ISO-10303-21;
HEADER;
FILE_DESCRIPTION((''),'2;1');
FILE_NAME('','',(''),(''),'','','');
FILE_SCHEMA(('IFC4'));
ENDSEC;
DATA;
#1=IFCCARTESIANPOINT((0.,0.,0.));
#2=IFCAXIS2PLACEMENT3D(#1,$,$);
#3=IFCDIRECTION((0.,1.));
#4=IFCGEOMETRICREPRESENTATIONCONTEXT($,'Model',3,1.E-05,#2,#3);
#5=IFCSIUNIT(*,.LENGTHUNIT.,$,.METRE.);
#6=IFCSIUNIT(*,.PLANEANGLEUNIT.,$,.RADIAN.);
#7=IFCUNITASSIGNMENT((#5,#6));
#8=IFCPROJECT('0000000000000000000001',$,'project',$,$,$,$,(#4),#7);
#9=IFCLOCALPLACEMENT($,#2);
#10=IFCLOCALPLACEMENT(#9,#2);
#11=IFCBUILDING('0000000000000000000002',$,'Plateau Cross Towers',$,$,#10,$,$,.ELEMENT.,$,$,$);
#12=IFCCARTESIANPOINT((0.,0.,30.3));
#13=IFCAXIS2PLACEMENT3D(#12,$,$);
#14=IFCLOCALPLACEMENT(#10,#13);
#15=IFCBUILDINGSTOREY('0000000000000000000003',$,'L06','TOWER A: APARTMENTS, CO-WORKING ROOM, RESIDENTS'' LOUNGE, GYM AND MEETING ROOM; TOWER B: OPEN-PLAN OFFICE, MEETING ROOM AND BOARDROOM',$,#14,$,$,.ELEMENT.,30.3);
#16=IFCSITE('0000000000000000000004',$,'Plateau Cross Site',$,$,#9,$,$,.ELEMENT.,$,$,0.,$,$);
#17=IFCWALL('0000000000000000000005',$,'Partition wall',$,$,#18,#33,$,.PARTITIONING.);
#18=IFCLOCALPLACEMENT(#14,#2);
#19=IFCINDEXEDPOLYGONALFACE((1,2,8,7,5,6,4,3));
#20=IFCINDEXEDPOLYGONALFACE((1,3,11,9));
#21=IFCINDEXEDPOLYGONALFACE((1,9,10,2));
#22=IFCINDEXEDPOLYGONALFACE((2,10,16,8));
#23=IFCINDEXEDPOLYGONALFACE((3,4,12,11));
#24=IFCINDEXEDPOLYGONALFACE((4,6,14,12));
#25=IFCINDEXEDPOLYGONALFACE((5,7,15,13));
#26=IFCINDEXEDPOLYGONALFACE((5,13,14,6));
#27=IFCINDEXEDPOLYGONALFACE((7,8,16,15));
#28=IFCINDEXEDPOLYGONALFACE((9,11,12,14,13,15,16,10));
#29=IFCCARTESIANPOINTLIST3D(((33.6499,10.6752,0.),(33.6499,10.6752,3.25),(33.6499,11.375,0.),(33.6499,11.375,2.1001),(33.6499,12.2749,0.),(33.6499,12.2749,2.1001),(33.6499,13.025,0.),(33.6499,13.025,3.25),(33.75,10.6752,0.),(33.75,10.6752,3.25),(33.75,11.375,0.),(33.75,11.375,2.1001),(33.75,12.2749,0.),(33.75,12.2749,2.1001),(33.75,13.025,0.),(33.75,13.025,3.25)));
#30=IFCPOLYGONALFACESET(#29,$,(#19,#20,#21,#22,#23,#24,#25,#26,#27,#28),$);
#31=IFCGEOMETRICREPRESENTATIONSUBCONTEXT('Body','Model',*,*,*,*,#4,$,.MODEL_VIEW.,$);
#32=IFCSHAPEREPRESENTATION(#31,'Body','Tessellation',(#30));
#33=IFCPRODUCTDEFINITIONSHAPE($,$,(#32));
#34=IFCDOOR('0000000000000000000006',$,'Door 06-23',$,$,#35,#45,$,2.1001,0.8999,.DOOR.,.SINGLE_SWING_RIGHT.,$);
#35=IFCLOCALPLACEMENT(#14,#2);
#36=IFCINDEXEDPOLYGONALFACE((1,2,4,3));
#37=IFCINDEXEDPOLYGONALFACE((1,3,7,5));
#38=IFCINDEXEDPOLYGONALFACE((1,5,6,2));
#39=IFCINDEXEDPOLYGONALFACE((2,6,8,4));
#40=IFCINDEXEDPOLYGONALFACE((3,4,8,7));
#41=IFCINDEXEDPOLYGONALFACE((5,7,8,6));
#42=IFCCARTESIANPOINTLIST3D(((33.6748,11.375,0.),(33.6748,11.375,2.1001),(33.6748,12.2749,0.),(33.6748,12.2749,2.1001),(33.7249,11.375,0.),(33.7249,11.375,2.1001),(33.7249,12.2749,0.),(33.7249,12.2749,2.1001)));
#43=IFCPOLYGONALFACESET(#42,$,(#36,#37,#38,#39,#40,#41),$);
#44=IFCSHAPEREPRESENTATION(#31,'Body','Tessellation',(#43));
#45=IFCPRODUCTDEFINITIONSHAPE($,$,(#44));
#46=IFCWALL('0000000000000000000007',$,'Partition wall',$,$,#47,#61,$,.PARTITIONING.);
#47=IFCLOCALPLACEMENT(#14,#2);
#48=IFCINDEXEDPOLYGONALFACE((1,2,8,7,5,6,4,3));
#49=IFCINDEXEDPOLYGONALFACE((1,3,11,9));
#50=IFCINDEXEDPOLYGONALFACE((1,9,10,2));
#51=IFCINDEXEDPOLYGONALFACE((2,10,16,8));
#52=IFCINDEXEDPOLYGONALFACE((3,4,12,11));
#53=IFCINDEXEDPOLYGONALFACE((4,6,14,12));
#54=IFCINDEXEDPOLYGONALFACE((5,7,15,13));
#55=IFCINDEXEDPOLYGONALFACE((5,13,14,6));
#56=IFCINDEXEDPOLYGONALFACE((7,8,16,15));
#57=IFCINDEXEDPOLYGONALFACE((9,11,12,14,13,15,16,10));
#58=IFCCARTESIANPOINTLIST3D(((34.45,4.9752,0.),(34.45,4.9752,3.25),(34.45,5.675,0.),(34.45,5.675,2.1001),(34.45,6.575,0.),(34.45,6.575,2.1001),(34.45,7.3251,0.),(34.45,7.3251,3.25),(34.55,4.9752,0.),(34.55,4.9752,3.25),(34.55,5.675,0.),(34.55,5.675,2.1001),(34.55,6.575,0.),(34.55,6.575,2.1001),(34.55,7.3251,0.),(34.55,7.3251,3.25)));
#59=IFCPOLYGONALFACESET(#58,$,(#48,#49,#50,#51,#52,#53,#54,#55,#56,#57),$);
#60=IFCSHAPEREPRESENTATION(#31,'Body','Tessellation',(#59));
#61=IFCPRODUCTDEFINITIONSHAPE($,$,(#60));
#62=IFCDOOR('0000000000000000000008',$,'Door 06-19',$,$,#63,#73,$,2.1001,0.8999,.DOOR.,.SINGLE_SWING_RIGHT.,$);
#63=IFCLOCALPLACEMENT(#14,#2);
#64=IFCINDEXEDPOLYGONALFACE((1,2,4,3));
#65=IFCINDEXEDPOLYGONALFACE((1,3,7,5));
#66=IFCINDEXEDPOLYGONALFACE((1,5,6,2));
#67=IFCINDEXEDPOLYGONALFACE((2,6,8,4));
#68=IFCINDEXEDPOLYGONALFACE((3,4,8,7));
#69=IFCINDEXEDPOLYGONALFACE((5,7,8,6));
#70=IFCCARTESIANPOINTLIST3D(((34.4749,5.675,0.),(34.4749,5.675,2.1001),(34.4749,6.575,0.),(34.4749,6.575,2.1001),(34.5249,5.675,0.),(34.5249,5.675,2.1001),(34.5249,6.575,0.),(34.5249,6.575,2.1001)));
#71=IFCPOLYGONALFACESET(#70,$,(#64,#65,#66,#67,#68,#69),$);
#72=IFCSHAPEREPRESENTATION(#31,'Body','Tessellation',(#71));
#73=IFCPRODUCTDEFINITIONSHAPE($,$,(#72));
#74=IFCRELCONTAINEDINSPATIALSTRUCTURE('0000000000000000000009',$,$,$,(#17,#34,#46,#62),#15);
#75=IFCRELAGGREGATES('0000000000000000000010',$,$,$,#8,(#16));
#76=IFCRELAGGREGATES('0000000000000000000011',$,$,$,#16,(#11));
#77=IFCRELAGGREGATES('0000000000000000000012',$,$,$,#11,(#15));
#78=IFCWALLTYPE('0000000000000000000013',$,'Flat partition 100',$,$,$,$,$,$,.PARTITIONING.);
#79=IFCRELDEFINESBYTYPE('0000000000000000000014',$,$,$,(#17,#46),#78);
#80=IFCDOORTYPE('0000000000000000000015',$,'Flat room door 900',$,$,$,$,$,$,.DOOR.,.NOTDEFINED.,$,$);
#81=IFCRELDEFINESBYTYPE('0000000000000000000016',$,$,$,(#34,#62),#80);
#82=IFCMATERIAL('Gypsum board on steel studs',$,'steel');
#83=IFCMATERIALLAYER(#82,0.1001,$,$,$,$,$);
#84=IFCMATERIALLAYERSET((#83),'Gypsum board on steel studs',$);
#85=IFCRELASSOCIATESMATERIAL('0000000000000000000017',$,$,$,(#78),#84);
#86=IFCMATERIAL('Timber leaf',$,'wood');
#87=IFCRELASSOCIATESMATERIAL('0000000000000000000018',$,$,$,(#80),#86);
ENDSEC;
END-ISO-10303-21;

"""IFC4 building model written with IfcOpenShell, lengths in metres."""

from ifc_helpers import new_model, si_unit, direction, frame, frame_2d, origin, place, context, subcontext, project, spatial, rectangle, extrude, material, layer, layer_set, type_object, element, fill, save


model = new_model("IFC4")

# Units and contexts
model_context = context("Model", 3, precision=1e-05, world=origin(), true_north=direction((0.0, 1.0)))
body_context = subcontext(model_context, "Body", "Model", "MODEL_VIEW")
ifc_project = project(units=[si_unit("LENGTHUNIT", "METRE"), si_unit("PLANEANGLEUNIT", "RADIAN")], contexts=[model_context])

# Site, building, storey
site_placement = place(None, origin())
site = spatial("IfcSite", under=ifc_project, at=site_placement, Name="Plateau Cross Site", CompositionType="ELEMENT", RefElevation=0.0)
building_placement = place(site_placement, origin())
building = spatial("IfcBuilding", under=site, at=building_placement, Name="Plateau Cross Towers", CompositionType="ELEMENT")
storey_placement = place(building_placement, frame((0.0, 0.0, 30.3)))
storey = spatial("IfcBuildingStorey", under=building, at=storey_placement, Name="L06", Description="TOWER A: APARTMENTS, CO-WORKING ROOM, RESIDENTS' LOUNGE, GYM AND MEETING ROOM; TOWER B: OPEN-PLAN OFFICE, MEETING ROOM AND BOARDROOM", CompositionType="ELEMENT", Elevation=30.3)

# Shared definitions
ifc_material_1 = material(Name="Gypsum board on steel studs", Category="steel")
ifc_layer_1 = layer(ifc_material_1, 0.1001)
ifc_layer_set_1 = layer_set([ifc_layer_1], Name="Gypsum board on steel studs")
wall_type_1 = type_object("IfcWallType", Name="Flat partition 100", PredefinedType="PARTITIONING", material=ifc_layer_set_1)

# Walls, openings, doors
ifc_material_2 = material(Name="Timber leaf", Category="wood")
door_type_1 = type_object("IfcDoorType", Name="Flat room door 900", OperationType="NOTDEFINED", PredefinedType="DOOR", material=ifc_material_2)
wall_1_placement = place(storey_placement, frame((33.7, 13.0249, 0.0), z_axis=(0.0, 0.0, 1.0), x_axis=(0.0, -1.0, 0.0)))
wall_1 = element("IfcWall", 1, at=wall_1_placement, inside=storey, type_object=wall_type_1, Name="Partition wall", PredefinedType="PARTITIONING", context=body_context, shape_type="SweptSolid", body=[
    extrude(rectangle(XDim=2.3499, YDim=0.1001, at=frame_2d((1.1748, 0.0))), origin(), (0.0, 0.0, 1.0), 3.25),
])
opening_1_placement = place(wall_1_placement, frame((0.75, 0.0, 0.0)))
opening_1 = element("IfcOpeningElement", 2, at=opening_1_placement, cuts=wall_1, PredefinedType="OPENING", context=body_context, shape_type="SweptSolid", body=[
    extrude(rectangle(XDim=0.8999, YDim=2.1001, at=frame_2d((0.45, 1.05))), frame((0.0, 0.0601, 0.0), z_axis=(0.0, -1.0, 0.0), x_axis=(1.0, 0.0, 0.0)), (0.0, 0.0, 1.0), 0.1201),
])
door_1_placement = place(opening_1_placement, origin())
door_1 = element("IfcDoor", 3, at=door_1_placement, inside=storey, type_object=door_type_1, Name="Door 06-23", OperationType="SINGLE_SWING_RIGHT", OverallHeight=2.1001, OverallWidth=0.8999, PredefinedType="DOOR", context=body_context, shape_type="SweptSolid", body=[
    extrude(rectangle(XDim=0.8999, YDim=2.1001, at=frame_2d((0.45, 1.05))), frame((0.0, 0.0249, 0.0), z_axis=(0.0, -1.0, 0.0), x_axis=(1.0, 0.0, 0.0)), (0.0, 0.0, 1.0), 0.05),
])
fill(opening_1, door_1)
wall_2_placement = place(storey_placement, frame((34.5, 7.325, 0.0), z_axis=(0.0, 0.0, 1.0), x_axis=(0.0, -1.0, 0.0)))
wall_2 = element("IfcWall", 4, at=wall_2_placement, inside=storey, type_object=wall_type_1, Name="Partition wall", PredefinedType="PARTITIONING", context=body_context, shape_type="SweptSolid", body=[
    extrude(rectangle(XDim=2.3499, YDim=0.1001, at=frame_2d((1.1748, 0.0))), origin(), (0.0, 0.0, 1.0), 3.25),
])
opening_2_placement = place(wall_2_placement, frame((0.75, 0.0, 0.0)))
opening_2 = element("IfcOpeningElement", 5, at=opening_2_placement, cuts=wall_2, PredefinedType="OPENING", context=body_context, shape_type="SweptSolid", body=[
    extrude(rectangle(XDim=0.8999, YDim=2.1001, at=frame_2d((0.45, 1.05))), frame((0.0, 0.0601, 0.0), z_axis=(0.0, -1.0, 0.0), x_axis=(1.0, 0.0, 0.0)), (0.0, 0.0, 1.0), 0.1201),
])
door_2_placement = place(opening_2_placement, origin())
door_2 = element("IfcDoor", 6, at=door_2_placement, inside=storey, type_object=door_type_1, Name="Door 06-19", OperationType="SINGLE_SWING_RIGHT", OverallHeight=2.1001, OverallWidth=0.8999, PredefinedType="DOOR", context=body_context, shape_type="SweptSolid", body=[
    extrude(rectangle(XDim=0.8999, YDim=2.1001, at=frame_2d((0.45, 1.05))), frame((0.0, 0.0249, 0.0), z_axis=(0.0, -1.0, 0.0), x_axis=(1.0, 0.0, 0.0)), (0.0, 0.0, 1.0), 0.05),
])
fill(opening_2, door_2)

save(model, "model.ifc")
